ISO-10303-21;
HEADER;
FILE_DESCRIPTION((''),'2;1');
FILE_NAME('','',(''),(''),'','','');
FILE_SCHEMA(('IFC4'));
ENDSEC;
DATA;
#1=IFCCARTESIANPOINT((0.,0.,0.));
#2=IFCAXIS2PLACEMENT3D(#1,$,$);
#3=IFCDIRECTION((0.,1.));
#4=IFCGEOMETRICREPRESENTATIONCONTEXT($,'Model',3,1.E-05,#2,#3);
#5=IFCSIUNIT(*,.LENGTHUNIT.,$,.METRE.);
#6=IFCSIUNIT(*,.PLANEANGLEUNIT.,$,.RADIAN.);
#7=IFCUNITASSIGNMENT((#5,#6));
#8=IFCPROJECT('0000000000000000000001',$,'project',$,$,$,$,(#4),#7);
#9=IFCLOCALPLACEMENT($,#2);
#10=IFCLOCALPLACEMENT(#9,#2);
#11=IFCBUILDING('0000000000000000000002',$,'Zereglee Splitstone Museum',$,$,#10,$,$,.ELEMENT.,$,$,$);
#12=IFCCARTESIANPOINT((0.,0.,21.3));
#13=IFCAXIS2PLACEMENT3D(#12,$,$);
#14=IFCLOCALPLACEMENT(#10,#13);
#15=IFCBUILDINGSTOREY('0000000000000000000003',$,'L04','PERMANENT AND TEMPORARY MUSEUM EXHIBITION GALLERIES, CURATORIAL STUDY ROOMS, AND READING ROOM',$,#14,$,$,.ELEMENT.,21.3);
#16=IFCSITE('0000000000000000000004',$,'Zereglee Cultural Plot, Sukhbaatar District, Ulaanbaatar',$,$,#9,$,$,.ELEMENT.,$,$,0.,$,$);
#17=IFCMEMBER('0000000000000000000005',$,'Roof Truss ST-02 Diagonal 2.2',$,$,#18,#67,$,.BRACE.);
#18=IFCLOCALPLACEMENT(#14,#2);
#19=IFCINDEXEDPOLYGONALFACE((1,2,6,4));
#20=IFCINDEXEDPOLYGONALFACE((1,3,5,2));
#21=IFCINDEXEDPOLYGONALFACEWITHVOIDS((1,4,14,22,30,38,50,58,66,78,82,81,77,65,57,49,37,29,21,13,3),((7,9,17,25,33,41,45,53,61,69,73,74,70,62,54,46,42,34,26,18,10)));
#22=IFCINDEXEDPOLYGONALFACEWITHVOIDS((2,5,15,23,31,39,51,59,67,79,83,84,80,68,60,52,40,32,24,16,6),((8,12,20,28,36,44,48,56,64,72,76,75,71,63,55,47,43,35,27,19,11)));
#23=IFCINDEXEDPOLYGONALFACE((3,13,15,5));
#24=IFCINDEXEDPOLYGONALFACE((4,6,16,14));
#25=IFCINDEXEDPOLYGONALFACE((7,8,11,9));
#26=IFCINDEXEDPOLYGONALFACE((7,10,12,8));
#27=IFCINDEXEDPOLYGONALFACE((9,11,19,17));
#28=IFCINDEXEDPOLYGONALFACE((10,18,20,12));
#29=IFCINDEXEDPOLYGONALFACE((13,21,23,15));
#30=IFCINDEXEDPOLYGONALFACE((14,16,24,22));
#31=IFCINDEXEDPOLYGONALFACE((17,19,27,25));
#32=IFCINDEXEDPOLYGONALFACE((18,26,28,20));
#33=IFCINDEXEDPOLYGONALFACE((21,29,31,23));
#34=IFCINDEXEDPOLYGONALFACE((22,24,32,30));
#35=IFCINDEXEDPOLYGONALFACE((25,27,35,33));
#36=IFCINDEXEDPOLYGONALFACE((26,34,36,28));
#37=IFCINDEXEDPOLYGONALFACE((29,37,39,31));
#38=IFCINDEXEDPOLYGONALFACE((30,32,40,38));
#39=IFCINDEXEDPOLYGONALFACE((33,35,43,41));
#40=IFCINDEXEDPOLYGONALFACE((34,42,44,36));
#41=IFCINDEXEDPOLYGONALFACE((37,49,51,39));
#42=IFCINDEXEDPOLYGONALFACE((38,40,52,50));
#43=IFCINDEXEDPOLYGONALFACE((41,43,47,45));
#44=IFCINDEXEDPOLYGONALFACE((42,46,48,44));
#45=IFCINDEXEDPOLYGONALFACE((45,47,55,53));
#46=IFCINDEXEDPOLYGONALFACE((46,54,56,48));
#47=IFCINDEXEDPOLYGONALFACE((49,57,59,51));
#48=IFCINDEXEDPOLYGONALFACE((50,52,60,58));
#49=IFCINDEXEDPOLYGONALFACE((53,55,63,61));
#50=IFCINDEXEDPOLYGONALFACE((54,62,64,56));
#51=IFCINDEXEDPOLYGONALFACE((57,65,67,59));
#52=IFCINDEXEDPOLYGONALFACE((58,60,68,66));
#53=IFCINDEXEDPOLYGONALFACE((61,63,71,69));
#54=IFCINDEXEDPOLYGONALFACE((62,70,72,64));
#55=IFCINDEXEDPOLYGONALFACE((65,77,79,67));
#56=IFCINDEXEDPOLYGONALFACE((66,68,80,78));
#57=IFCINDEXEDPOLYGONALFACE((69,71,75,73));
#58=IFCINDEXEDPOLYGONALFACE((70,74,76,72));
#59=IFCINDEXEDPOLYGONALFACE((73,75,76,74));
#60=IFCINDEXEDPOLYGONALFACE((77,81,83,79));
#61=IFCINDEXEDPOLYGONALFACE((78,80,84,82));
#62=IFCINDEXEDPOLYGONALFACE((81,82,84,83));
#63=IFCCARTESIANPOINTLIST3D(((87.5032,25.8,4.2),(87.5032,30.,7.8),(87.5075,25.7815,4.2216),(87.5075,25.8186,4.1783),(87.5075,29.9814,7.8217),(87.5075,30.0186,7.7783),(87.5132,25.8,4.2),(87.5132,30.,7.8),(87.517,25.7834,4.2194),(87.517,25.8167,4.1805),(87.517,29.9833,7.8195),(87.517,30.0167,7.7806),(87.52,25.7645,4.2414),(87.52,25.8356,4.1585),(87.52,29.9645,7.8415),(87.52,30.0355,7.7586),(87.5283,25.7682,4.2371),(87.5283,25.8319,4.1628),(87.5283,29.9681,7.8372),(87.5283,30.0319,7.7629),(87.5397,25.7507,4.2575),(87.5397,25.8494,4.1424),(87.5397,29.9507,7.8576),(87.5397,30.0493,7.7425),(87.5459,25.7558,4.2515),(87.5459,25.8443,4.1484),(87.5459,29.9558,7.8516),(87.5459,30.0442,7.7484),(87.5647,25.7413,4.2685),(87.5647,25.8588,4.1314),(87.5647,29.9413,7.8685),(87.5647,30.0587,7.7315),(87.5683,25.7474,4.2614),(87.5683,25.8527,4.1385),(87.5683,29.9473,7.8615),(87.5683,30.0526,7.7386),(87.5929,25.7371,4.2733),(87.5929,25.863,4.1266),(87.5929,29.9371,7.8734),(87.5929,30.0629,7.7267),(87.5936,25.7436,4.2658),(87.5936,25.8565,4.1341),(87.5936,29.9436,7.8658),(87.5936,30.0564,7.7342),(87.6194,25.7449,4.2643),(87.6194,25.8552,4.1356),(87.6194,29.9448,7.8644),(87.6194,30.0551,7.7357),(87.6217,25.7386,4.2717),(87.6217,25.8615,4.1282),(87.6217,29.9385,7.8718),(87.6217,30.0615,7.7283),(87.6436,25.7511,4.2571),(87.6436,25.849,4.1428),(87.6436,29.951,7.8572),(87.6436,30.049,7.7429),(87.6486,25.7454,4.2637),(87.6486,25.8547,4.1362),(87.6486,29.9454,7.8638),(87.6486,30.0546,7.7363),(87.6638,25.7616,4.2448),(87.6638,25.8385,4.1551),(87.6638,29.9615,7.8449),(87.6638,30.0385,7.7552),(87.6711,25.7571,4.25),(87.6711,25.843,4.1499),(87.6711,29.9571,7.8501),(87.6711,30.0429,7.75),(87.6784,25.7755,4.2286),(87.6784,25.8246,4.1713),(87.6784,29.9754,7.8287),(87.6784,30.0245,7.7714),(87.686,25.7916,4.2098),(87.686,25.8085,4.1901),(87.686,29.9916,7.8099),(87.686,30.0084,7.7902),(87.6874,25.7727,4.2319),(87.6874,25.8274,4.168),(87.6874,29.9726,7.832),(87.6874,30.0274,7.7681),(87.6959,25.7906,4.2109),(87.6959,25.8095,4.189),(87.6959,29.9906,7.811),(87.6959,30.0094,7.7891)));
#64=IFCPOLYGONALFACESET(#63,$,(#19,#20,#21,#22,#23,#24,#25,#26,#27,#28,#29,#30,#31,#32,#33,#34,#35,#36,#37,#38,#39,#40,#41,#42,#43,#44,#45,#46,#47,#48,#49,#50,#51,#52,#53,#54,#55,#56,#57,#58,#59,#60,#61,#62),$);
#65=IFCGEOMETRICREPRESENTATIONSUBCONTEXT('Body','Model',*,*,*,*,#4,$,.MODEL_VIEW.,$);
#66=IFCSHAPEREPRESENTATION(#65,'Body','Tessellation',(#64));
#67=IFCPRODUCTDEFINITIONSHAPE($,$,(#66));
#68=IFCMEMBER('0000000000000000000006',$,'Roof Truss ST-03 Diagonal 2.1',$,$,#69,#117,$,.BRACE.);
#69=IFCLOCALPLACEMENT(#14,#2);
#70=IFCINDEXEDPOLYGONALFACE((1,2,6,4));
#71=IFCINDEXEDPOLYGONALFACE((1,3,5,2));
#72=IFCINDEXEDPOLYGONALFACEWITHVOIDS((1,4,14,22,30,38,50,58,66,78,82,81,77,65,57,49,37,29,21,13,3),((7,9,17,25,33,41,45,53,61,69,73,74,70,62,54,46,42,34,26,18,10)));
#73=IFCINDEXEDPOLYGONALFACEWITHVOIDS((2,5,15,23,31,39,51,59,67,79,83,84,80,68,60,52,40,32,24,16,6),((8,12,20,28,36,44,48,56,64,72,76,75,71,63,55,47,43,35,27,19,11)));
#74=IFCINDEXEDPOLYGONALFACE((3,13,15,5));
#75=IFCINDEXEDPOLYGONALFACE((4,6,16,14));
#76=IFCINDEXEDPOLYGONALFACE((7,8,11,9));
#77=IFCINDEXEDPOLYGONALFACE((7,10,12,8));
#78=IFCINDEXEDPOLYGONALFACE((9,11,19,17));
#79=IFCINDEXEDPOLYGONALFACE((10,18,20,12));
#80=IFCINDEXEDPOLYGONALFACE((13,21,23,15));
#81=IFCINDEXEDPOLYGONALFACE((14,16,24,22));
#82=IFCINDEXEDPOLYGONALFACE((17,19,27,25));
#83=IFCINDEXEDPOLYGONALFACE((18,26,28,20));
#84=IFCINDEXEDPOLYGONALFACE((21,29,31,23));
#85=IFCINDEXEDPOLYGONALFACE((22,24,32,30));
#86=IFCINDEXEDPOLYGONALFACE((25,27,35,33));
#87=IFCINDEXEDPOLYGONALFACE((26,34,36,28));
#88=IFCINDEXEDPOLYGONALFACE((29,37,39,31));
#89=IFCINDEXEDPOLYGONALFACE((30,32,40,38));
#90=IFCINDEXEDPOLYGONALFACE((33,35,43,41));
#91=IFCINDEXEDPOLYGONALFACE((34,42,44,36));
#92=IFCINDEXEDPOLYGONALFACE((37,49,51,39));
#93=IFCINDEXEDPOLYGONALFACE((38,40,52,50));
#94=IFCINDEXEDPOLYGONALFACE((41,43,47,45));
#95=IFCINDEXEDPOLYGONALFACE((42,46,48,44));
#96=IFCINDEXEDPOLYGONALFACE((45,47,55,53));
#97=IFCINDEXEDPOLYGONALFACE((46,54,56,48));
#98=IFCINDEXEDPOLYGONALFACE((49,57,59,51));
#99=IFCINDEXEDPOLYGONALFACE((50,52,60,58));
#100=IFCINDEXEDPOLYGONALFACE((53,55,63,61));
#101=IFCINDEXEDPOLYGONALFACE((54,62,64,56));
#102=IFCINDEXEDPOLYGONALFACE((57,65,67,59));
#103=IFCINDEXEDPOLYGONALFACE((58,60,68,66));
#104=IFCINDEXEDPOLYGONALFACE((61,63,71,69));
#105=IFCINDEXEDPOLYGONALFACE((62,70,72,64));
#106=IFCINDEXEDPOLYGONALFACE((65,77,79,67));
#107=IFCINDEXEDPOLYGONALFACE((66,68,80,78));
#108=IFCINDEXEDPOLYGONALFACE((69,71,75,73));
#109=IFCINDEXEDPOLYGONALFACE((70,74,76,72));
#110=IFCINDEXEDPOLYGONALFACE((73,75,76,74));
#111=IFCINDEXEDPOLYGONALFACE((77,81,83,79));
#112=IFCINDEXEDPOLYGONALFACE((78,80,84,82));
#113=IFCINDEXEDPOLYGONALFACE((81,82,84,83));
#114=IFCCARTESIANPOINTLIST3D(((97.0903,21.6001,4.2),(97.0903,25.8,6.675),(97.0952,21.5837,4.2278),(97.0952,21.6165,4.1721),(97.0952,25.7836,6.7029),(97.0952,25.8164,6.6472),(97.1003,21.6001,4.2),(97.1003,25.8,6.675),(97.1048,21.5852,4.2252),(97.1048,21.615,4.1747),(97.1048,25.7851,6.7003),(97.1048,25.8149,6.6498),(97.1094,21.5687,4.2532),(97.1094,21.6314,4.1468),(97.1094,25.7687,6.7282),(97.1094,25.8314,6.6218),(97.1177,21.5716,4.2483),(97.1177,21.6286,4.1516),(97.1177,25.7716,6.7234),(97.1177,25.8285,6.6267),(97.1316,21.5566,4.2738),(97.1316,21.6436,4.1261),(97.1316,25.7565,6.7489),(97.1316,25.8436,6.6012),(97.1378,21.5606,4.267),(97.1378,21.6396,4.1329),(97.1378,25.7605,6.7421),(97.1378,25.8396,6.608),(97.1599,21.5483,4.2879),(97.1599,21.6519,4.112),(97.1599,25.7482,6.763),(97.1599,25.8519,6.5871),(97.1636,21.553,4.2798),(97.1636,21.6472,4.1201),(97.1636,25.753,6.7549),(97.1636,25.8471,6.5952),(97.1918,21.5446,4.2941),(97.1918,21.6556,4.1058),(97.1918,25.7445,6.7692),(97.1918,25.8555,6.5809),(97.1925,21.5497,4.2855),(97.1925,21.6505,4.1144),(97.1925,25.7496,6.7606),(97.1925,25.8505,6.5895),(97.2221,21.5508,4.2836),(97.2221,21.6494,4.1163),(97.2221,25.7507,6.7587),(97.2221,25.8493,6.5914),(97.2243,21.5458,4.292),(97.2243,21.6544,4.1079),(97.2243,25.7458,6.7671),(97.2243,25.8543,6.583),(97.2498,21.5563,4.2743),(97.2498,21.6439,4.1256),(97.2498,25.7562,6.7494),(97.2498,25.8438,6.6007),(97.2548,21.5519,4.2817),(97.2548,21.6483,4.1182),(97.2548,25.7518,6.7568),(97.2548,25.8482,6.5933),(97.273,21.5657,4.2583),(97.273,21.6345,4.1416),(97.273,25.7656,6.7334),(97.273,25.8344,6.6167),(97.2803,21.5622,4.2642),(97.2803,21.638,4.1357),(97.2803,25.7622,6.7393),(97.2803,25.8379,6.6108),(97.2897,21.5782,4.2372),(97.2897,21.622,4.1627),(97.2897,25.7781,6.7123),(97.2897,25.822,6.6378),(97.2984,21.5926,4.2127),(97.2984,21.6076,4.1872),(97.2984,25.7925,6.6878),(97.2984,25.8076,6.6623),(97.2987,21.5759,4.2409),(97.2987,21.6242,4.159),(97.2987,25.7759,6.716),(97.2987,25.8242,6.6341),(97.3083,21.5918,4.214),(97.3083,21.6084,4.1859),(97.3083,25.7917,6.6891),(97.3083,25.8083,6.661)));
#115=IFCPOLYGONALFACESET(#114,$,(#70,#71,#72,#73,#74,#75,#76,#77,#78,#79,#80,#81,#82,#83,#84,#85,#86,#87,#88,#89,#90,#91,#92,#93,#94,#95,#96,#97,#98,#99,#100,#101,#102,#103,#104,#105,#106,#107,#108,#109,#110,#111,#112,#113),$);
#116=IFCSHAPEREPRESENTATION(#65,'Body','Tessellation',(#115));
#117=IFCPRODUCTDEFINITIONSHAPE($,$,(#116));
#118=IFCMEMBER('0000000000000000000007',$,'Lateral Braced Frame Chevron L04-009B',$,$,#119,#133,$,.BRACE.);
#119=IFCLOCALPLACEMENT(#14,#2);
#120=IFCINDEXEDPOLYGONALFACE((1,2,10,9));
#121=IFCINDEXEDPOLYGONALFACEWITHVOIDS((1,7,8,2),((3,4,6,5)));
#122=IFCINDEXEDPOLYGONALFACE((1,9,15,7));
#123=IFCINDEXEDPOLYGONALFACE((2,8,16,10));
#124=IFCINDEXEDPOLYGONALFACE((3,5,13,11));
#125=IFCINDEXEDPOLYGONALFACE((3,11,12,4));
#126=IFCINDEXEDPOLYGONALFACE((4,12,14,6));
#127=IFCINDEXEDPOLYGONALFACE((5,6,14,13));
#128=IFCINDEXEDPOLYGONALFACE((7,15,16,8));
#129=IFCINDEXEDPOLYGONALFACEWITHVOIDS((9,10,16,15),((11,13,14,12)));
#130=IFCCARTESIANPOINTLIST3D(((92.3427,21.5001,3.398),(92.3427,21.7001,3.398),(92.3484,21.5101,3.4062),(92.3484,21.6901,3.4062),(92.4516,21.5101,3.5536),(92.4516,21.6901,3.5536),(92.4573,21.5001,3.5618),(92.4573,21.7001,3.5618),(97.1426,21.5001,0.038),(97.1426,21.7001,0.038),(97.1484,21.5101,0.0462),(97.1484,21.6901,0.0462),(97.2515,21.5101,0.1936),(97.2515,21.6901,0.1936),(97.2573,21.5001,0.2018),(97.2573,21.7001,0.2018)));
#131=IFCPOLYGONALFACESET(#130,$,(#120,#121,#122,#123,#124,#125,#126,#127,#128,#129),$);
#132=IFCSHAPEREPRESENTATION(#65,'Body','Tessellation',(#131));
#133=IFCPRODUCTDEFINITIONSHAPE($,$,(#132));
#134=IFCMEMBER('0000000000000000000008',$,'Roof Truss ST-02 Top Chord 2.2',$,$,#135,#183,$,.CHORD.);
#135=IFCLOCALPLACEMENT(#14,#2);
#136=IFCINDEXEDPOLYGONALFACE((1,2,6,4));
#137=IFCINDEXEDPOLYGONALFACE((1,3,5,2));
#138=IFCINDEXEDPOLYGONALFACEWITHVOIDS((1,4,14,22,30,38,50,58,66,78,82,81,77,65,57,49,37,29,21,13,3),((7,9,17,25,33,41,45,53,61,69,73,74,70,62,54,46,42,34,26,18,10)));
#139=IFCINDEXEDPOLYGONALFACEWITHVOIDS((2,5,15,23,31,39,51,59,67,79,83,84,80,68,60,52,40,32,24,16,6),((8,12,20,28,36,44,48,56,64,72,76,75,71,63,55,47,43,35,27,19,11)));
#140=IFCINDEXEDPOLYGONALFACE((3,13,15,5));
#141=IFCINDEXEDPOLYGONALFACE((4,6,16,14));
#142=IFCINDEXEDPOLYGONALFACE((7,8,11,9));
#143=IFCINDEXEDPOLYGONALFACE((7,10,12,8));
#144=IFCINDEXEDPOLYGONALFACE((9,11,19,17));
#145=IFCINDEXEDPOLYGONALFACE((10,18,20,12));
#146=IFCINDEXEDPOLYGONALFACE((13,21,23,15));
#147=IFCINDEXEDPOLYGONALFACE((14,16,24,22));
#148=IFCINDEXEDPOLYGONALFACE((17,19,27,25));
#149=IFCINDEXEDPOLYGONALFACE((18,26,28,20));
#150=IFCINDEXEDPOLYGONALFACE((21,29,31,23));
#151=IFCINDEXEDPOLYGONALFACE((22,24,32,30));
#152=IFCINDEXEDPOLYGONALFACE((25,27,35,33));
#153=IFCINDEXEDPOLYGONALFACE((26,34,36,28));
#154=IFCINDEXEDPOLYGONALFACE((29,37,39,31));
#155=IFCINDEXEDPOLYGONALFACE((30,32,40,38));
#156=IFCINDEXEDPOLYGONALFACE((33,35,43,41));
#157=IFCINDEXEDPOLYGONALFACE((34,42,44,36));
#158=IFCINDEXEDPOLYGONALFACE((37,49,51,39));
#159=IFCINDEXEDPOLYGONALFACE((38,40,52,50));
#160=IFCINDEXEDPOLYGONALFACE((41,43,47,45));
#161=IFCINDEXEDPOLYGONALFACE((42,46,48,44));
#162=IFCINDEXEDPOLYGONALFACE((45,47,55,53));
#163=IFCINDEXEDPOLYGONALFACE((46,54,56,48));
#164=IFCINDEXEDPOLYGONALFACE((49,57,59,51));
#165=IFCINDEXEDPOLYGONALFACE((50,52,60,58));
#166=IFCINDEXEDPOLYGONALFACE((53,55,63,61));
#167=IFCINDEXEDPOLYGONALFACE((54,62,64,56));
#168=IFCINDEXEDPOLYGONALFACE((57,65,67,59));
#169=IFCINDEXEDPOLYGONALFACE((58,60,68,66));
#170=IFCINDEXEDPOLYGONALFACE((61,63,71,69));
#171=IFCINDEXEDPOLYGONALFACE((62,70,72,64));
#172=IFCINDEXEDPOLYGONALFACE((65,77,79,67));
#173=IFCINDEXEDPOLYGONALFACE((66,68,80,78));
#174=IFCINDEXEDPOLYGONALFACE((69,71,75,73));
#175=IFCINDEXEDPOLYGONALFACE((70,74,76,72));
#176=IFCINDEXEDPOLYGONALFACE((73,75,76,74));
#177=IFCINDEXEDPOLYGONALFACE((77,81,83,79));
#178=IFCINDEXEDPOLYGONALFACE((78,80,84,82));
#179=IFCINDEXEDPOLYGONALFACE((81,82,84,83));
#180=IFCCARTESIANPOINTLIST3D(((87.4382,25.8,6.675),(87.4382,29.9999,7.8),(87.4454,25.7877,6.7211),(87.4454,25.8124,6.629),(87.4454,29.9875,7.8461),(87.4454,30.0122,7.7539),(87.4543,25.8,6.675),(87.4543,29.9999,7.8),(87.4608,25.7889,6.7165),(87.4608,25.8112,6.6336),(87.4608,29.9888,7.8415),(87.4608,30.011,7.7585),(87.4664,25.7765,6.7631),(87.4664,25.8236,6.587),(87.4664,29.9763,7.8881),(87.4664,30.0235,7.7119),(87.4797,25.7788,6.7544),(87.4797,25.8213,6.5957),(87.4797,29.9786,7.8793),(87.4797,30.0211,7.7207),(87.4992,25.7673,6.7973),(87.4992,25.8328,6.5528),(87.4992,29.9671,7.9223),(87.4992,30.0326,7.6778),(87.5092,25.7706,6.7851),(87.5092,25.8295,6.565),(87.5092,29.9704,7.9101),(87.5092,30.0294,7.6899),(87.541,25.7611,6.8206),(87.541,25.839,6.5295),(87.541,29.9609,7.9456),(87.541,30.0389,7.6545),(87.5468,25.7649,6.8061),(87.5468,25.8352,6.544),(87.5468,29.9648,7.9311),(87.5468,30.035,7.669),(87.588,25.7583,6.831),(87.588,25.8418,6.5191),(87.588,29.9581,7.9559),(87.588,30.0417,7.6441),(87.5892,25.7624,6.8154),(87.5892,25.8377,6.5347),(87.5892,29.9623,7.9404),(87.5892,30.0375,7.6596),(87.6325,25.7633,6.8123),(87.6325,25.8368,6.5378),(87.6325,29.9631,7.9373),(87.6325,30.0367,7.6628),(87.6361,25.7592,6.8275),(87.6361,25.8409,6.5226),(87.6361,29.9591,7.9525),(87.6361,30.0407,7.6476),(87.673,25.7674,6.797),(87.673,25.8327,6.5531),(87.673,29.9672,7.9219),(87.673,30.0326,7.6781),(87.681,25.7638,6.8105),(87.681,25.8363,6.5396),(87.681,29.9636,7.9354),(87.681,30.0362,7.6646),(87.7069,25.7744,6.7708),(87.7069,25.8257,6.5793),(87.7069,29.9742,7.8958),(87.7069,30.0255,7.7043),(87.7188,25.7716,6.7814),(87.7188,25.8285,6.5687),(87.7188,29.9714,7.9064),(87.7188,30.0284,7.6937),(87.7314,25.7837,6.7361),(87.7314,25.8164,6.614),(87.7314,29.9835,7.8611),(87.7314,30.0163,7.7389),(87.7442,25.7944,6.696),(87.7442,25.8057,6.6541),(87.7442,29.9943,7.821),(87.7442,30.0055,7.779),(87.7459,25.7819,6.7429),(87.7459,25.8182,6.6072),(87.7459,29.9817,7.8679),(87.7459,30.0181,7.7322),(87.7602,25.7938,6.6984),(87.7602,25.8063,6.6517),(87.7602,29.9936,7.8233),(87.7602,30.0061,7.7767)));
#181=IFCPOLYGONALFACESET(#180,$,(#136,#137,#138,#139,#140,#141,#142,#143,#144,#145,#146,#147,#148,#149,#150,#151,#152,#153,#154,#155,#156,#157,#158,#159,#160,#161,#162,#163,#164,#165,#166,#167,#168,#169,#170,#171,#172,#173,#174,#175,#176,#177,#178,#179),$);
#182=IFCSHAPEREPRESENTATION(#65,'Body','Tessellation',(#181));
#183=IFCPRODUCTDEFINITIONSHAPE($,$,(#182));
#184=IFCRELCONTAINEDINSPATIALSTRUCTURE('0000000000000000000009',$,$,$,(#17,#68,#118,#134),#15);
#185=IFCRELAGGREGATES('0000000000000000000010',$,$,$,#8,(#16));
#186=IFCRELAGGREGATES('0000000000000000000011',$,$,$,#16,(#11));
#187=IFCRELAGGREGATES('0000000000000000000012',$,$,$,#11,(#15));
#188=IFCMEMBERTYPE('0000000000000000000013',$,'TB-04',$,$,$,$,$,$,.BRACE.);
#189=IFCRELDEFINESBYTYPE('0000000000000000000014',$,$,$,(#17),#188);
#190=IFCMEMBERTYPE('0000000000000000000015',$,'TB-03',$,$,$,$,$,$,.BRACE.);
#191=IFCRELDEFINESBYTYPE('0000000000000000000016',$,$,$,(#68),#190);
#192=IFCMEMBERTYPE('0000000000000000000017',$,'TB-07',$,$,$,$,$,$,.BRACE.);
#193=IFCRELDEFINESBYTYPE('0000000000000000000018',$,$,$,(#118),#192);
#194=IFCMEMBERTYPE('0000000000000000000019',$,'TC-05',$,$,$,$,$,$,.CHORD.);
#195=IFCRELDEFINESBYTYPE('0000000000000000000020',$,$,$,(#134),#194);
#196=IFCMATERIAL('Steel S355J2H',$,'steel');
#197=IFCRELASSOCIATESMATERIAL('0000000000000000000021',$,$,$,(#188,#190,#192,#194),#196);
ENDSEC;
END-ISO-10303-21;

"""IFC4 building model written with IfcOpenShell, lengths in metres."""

from ifc_helpers import new_model, si_unit, direction, frame, origin, origin_2d, place, context, subcontext, project, spatial, hollow_rectangle, hollow_circle, extrude, material, material_profile, profile_set, type_object, element, save


model = new_model("IFC4")

# Units and contexts
model_context = context("Model", 3, precision=1e-05, world=origin(), true_north=direction((0.0, 1.0)))
body_context = subcontext(model_context, "Body", "Model", "MODEL_VIEW")
ifc_project = project(units=[si_unit("LENGTHUNIT", "METRE"), si_unit("PLANEANGLEUNIT", "RADIAN")], contexts=[model_context])

# Site, building, storey
site_placement = place(None, origin())
site = spatial("IfcSite", under=ifc_project, at=site_placement, Name="Zereglee Cultural Plot, Sukhbaatar District, Ulaanbaatar", CompositionType="ELEMENT", RefElevation=0.0)
building_placement = place(site_placement, origin())
building = spatial("IfcBuilding", under=site, at=building_placement, Name="Zereglee Splitstone Museum", CompositionType="ELEMENT")
storey_placement = place(building_placement, frame((0.0, 0.0, 21.3)))
storey = spatial("IfcBuildingStorey", under=building, at=storey_placement, Name="L04", Description="PERMANENT AND TEMPORARY MUSEUM EXHIBITION GALLERIES, CURATORIAL STUDY ROOMS, AND READING ROOM", CompositionType="ELEMENT", Elevation=21.3)

# Members
ifc_material_1 = material(Name="Steel S355J2H", Category="steel")
ifc_material_profile_1 = material_profile(ifc_material_1, hollow_circle(Radius=0.0969, WallThickness=0.01, at=origin_2d()), Name="CHS 193.7x10")
ifc_profile_set_1 = profile_set([ifc_material_profile_1], Name="Steel S355J2H")
member_type_1 = type_object("IfcMemberType", Name="TB-04", PredefinedType="BRACE", material=ifc_profile_set_1)
member_1_placement = place(storey_placement, frame((87.6001, 25.8, 4.2), z_axis=(0.0, 0.759244, 0.650806), x_axis=(-1.0, 0.0, 0.0)))
element("IfcMember", 1, at=member_1_placement, inside=storey, type_object=member_type_1, Name="Roof Truss ST-02 Diagonal 2.2", PredefinedType="BRACE", context=body_context, shape_type="SweptSolid", body=[
    extrude(hollow_circle(Radius=0.0969, WallThickness=0.01, at=origin_2d()), origin(), (0.0, 0.0, 1.0), 5.5317),
])
ifc_material_profile_2 = material_profile(ifc_material_1, hollow_circle(Radius=0.1096, WallThickness=0.01, at=origin_2d()), Name="CHS 219.1x10")
ifc_profile_set_2 = profile_set([ifc_material_profile_2], Name="Steel S355J2H")
member_type_2 = type_object("IfcMemberType", Name="TB-03", PredefinedType="BRACE", material=ifc_profile_set_2)
member_2_placement = place(storey_placement, frame((97.2, 21.6001, 4.2), z_axis=(0.0, 0.861527, 0.507712), x_axis=(-1.0, 0.0, 0.0)))
element("IfcMember", 2, at=member_2_placement, inside=storey, type_object=member_type_2, Name="Roof Truss ST-03 Diagonal 2.1", PredefinedType="BRACE", context=body_context, shape_type="SweptSolid", body=[
    extrude(hollow_circle(Radius=0.1096, WallThickness=0.01, at=origin_2d()), origin(), (0.0, 0.0, 1.0), 4.875),
])
ifc_material_profile_3 = material_profile(ifc_material_1, hollow_rectangle(XDim=0.2, YDim=0.2, WallThickness=0.01, at=origin_2d()), Name="SHS 200x200x10")
ifc_profile_set_3 = profile_set([ifc_material_profile_3], Name="Steel S355J2H")
member_type_3 = type_object("IfcMemberType", Name="TB-07", PredefinedType="BRACE", material=ifc_profile_set_3)
member_3_placement = place(storey_placement, frame((97.2, 21.6001, 0.1199), z_axis=(-0.819226, 0.0, 0.573471), x_axis=(0.0, -1.0, 0.0)))
element("IfcMember", 3, at=member_3_placement, inside=storey, type_object=member_type_3, Name="Lateral Braced Frame Chevron L04-009B", PredefinedType="BRACE", context=body_context, shape_type="SweptSolid", body=[
    extrude(hollow_rectangle(XDim=0.2, YDim=0.2, WallThickness=0.01, at=origin_2d()), origin(), (0.0, 0.0, 1.0), 5.8591),
])
ifc_material_profile_4 = material_profile(ifc_material_1, hollow_circle(Radius=0.1619, WallThickness=0.0161, at=origin_2d()), Name="CHS 323.9x16")
ifc_profile_set_4 = profile_set([ifc_material_profile_4], Name="Steel S355J2H")
member_type_4 = type_object("IfcMemberType", Name="TC-05", PredefinedType="CHORD", material=ifc_profile_set_4)
member_4_placement = place(storey_placement, frame((87.6001, 25.8, 6.675), z_axis=(0.0, 0.965947, 0.258739), x_axis=(-1.0, 0.0, 0.0)))
element("IfcMember", 4, at=member_4_placement, inside=storey, type_object=member_type_4, Name="Roof Truss ST-02 Top Chord 2.2", PredefinedType="CHORD", context=body_context, shape_type="SweptSolid", body=[
    extrude(hollow_circle(Radius=0.1619, WallThickness=0.0161, at=origin_2d()), origin(), (0.0, 0.0, 1.0), 4.3479),
])

save(model, "model.ifc")
